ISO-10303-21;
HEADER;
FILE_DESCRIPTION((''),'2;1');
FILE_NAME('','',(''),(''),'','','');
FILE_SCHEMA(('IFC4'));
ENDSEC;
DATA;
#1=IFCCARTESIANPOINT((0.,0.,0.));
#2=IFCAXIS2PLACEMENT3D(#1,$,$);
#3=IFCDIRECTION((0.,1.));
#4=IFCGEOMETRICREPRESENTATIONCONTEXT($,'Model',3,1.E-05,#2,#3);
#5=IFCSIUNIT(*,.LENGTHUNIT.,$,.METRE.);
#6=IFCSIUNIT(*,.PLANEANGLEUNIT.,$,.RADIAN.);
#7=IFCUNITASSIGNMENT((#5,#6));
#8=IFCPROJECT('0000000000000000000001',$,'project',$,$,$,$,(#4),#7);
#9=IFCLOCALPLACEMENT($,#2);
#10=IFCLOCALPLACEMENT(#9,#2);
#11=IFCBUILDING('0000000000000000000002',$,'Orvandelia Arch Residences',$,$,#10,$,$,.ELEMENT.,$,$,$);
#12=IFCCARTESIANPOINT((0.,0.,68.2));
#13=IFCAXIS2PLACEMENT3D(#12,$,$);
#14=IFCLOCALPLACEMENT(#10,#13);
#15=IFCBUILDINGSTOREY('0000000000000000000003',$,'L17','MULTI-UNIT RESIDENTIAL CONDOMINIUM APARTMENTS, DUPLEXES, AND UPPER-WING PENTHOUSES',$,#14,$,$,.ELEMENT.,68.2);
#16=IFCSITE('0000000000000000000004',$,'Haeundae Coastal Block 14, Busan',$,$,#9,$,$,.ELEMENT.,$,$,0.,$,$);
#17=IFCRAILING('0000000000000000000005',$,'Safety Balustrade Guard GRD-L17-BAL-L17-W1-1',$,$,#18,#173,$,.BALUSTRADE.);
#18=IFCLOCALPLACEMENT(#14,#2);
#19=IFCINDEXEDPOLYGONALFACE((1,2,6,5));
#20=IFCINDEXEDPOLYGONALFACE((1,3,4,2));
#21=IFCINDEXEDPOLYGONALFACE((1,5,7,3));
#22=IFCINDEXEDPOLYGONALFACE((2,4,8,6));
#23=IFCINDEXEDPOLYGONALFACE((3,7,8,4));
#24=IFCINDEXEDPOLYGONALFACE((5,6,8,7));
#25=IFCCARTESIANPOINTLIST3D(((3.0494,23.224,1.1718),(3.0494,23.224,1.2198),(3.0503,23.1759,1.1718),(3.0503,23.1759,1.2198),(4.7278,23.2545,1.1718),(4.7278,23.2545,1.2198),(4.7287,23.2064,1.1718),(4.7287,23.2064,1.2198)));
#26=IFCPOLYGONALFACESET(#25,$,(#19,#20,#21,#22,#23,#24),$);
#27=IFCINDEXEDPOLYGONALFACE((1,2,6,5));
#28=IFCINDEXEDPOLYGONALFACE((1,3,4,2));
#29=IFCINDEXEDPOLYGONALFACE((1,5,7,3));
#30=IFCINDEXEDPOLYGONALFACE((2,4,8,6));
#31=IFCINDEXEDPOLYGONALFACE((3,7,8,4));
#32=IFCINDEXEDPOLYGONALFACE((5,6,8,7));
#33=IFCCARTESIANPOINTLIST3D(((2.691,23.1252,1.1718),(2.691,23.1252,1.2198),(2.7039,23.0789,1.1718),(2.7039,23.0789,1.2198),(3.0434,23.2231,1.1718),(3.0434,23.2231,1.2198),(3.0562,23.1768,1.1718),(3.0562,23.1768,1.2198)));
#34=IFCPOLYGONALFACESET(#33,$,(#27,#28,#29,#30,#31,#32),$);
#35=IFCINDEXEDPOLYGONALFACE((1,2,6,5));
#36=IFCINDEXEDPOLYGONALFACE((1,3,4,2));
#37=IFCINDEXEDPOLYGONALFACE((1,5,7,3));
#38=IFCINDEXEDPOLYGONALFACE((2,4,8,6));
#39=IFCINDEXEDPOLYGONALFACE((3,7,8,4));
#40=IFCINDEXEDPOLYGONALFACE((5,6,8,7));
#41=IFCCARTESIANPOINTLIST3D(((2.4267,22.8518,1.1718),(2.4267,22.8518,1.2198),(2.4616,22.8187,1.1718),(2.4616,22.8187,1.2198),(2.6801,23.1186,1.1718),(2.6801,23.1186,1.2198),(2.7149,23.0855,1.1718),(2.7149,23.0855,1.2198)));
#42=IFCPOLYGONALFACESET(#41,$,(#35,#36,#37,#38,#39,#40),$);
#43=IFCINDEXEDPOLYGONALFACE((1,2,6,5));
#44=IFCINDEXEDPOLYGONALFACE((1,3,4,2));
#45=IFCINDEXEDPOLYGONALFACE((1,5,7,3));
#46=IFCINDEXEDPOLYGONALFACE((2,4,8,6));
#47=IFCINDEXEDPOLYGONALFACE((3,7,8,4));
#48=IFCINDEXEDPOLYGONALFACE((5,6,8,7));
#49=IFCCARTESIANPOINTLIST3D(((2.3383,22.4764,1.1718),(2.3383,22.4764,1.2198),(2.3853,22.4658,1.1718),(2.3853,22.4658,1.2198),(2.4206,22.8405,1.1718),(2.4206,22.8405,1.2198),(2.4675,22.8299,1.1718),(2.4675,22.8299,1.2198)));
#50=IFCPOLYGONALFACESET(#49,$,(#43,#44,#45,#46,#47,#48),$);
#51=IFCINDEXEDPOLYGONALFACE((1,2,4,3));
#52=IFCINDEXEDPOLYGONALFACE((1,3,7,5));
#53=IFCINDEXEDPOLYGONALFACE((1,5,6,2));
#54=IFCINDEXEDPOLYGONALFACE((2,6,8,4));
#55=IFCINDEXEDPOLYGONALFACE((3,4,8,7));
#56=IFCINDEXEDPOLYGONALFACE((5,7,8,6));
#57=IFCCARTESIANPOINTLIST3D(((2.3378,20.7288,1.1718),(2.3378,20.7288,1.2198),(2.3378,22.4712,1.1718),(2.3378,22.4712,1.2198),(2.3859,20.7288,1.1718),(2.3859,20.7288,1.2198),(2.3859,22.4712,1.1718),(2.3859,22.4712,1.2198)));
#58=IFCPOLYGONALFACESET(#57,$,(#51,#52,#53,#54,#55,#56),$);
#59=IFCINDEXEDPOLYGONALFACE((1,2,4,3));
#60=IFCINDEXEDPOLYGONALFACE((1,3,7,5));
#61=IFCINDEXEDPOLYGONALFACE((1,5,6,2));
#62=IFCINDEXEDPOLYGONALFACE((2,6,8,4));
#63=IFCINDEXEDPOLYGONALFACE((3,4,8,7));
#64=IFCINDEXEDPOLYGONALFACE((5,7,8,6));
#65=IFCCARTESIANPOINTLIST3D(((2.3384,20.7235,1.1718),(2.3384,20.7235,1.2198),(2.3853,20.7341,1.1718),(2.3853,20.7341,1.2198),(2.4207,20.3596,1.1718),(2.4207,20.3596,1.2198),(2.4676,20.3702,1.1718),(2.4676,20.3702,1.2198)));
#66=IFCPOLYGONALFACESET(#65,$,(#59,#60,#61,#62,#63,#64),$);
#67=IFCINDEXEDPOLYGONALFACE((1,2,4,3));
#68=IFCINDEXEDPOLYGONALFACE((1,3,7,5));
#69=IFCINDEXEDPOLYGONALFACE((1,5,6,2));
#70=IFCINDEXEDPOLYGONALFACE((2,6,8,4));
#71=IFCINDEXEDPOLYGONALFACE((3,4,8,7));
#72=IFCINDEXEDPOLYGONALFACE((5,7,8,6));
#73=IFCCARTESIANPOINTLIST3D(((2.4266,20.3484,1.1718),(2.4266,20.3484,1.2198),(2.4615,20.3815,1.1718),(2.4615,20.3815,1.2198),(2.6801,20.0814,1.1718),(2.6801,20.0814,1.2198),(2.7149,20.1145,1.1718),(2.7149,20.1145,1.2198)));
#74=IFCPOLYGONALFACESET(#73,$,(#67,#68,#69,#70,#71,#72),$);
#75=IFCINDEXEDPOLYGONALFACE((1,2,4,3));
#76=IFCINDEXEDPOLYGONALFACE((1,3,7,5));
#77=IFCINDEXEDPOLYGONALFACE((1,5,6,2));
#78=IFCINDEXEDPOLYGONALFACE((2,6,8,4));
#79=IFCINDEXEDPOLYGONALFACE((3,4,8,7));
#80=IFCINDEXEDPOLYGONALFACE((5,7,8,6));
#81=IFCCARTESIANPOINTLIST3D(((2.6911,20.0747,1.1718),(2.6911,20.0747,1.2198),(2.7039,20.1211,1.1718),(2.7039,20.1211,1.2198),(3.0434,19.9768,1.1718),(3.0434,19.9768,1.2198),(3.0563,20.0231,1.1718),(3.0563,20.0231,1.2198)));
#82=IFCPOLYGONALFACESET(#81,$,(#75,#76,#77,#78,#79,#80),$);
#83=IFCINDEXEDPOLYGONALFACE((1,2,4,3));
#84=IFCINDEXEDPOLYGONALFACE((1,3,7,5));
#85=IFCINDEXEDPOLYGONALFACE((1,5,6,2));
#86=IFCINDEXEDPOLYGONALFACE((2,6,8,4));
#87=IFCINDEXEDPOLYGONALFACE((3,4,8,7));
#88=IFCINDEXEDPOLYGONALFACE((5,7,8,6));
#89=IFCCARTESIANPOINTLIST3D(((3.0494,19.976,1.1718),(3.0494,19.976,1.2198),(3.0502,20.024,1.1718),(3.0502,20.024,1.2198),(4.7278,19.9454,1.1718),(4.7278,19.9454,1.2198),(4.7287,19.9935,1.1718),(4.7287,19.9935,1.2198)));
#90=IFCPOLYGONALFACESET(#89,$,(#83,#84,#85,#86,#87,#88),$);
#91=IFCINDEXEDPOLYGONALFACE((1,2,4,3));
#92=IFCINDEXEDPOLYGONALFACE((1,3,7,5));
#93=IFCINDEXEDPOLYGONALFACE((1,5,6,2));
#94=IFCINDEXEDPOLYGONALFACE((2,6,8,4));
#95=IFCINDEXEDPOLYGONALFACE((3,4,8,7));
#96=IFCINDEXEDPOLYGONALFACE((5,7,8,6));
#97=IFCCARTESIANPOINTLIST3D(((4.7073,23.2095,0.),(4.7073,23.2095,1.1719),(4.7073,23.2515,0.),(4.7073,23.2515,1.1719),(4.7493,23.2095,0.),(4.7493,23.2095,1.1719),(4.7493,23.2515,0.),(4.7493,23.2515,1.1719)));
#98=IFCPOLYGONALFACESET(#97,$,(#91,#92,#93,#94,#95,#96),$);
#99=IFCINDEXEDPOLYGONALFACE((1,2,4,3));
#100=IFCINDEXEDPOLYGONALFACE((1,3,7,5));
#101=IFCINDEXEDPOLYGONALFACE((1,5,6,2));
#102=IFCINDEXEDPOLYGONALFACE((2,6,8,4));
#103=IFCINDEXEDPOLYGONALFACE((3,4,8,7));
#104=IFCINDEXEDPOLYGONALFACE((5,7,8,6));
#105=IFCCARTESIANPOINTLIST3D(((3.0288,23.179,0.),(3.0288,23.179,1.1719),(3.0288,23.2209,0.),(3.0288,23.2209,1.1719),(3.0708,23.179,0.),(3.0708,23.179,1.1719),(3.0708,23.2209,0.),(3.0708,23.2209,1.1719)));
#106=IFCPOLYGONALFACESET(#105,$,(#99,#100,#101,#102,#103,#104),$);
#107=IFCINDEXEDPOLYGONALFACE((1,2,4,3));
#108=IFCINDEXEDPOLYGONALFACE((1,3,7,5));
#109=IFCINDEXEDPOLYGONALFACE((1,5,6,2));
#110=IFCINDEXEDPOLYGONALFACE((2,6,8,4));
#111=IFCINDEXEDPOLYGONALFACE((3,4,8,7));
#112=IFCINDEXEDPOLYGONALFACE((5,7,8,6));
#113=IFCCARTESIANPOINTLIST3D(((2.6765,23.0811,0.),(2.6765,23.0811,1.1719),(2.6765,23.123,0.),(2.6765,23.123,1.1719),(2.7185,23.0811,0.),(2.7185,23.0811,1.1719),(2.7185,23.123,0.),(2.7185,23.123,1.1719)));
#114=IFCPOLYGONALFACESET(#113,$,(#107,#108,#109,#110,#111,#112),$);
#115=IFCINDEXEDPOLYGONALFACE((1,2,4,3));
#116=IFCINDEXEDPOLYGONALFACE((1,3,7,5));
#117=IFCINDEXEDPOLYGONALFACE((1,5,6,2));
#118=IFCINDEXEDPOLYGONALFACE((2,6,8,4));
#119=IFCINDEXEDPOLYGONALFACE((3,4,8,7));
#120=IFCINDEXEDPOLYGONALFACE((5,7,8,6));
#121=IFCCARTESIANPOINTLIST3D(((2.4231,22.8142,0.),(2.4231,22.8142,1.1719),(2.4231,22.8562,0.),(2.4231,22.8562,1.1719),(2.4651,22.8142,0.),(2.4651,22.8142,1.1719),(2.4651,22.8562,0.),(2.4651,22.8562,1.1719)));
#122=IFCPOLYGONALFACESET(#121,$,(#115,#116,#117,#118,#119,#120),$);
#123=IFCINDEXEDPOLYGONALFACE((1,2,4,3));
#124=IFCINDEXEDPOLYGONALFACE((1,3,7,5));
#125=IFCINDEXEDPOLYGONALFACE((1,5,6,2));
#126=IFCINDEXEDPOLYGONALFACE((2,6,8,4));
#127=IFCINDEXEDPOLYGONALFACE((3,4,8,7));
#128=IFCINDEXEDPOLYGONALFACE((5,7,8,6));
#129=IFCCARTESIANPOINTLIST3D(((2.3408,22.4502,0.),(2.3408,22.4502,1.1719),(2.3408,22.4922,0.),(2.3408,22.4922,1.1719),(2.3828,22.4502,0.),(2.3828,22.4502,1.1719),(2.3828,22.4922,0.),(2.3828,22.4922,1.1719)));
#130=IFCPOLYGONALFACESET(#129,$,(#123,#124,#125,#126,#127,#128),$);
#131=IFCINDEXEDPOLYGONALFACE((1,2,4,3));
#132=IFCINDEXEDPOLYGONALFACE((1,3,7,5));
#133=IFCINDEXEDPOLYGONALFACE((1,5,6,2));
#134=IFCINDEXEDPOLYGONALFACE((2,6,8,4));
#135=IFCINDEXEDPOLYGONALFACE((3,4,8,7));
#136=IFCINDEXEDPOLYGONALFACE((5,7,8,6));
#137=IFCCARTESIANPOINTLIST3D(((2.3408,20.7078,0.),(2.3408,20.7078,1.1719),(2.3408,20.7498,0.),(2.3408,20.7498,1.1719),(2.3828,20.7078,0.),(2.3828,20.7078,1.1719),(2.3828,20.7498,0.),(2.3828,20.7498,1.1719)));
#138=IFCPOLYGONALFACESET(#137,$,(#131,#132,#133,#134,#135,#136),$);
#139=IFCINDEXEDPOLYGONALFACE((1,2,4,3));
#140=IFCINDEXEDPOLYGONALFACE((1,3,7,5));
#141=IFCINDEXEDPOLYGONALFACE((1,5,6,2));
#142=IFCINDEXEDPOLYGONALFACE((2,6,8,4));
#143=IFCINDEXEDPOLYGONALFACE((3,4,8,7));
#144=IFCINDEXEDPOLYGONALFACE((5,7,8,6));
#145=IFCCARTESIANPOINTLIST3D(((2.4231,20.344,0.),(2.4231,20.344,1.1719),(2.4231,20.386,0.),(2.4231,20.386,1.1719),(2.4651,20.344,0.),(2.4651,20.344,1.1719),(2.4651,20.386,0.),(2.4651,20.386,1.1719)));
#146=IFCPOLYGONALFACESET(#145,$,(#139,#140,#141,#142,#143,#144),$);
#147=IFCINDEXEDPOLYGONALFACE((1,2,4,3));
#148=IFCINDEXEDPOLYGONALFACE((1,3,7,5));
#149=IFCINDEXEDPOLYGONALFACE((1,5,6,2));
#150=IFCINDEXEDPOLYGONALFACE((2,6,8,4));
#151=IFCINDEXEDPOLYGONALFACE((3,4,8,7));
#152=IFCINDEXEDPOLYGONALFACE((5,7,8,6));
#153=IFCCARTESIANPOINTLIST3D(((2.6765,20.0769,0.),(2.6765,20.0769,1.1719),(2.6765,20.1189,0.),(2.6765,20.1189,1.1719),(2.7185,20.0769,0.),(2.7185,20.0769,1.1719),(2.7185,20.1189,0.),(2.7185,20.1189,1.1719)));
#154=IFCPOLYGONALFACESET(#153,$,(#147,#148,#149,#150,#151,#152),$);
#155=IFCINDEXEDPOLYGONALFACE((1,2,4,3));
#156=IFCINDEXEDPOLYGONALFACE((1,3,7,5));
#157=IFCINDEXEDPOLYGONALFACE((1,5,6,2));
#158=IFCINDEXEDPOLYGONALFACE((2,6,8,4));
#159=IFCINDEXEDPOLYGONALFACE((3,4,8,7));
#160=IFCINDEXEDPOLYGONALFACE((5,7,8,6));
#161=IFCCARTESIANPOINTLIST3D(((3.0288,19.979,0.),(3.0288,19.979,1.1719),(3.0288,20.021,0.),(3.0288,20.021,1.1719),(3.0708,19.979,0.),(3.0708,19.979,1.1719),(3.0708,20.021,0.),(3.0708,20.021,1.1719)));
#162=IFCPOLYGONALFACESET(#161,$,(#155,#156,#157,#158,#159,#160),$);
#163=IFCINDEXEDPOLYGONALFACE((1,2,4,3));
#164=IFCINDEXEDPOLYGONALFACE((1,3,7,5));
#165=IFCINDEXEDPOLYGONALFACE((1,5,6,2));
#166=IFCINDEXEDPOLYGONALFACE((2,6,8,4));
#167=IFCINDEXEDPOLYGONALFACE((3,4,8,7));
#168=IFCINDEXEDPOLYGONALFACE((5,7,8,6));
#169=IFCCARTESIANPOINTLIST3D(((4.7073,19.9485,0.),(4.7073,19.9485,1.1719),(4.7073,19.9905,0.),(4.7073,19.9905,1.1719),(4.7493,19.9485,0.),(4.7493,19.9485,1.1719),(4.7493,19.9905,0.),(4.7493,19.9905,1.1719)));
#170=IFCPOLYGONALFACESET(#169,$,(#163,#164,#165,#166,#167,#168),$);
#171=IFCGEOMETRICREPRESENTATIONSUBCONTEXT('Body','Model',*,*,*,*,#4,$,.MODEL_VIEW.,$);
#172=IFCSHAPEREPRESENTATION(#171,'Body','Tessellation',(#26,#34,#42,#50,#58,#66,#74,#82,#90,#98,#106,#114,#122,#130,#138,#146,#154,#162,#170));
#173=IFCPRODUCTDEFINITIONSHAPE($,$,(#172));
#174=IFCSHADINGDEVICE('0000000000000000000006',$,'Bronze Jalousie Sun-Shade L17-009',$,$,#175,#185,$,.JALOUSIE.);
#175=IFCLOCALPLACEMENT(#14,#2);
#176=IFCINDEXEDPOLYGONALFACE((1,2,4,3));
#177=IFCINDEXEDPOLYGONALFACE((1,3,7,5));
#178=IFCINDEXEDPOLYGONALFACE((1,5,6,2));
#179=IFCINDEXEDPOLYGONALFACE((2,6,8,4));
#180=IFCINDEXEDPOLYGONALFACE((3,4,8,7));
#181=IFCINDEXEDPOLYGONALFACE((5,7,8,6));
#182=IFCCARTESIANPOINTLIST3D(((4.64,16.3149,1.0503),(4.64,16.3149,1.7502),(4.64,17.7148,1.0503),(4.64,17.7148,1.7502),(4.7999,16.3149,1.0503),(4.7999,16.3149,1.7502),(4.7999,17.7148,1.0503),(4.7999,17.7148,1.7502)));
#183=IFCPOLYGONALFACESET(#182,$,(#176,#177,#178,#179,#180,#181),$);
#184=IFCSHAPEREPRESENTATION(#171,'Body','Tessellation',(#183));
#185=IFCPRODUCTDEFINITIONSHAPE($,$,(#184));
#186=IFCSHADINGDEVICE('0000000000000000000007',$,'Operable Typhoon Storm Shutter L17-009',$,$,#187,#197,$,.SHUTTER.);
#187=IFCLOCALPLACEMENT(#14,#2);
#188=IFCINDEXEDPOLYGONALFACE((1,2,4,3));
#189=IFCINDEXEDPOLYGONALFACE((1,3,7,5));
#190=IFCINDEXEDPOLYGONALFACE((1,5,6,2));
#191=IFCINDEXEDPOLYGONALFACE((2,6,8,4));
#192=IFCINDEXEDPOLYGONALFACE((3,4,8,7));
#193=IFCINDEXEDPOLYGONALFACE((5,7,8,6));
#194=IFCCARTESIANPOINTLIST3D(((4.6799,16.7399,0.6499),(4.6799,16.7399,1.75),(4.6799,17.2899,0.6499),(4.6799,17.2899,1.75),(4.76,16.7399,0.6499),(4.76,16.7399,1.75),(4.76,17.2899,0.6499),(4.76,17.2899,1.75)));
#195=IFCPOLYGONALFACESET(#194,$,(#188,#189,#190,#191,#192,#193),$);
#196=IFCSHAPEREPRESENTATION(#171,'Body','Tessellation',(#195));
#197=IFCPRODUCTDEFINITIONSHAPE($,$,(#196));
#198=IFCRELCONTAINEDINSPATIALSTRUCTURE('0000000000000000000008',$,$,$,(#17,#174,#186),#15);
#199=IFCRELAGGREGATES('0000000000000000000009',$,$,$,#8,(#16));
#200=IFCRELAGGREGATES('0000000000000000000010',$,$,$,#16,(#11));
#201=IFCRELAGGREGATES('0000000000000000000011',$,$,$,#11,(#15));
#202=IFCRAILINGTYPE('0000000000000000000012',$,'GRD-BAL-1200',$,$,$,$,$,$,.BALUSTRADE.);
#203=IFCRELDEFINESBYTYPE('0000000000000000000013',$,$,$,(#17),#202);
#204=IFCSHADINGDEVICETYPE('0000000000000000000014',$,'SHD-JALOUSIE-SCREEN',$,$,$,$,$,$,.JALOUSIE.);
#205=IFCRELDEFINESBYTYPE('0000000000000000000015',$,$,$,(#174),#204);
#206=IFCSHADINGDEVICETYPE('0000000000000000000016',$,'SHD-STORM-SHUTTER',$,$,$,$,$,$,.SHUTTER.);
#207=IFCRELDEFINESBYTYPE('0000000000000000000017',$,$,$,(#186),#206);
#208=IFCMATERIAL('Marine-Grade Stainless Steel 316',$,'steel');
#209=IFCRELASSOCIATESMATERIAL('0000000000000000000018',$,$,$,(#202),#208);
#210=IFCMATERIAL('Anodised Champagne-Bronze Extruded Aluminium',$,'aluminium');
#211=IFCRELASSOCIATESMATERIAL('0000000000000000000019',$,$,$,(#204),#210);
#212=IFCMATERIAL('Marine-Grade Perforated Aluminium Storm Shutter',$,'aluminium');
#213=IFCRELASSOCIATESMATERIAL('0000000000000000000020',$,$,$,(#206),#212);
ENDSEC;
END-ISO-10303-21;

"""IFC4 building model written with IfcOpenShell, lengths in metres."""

from ifc_helpers import new_model, si_unit, direction, frame, origin, origin_2d, place, context, subcontext, project, spatial, rectangle, extrude, material, type_object, element, save


model = new_model("IFC4")

# Units and contexts
model_context = context("Model", 3, precision=1e-05, world=origin(), true_north=direction((0.0, 1.0)))
body_context = subcontext(model_context, "Body", "Model", "MODEL_VIEW")
ifc_project = project(units=[si_unit("LENGTHUNIT", "METRE"), si_unit("PLANEANGLEUNIT", "RADIAN")], contexts=[model_context])

# Site, building, storey
site_placement = place(None, origin())
site = spatial("IfcSite", under=ifc_project, at=site_placement, Name="Haeundae Coastal Block 14, Busan", CompositionType="ELEMENT", RefElevation=0.0)
building_placement = place(site_placement, origin())
building = spatial("IfcBuilding", under=site, at=building_placement, Name="Orvandelia Arch Residences", CompositionType="ELEMENT")
storey_placement = place(building_placement, frame((0.0, 0.0, 68.2)))
storey = spatial("IfcBuildingStorey", under=building, at=storey_placement, Name="L17", Description="MULTI-UNIT RESIDENTIAL CONDOMINIUM APARTMENTS, DUPLEXES, AND UPPER-WING PENTHOUSES", CompositionType="ELEMENT", Elevation=68.2)

# Railing
ifc_material_1 = material(Name="Marine-Grade Stainless Steel 316", Category="steel")
railing_type = type_object("IfcRailingType", Name="GRD-BAL-1200", PredefinedType="BALUSTRADE", material=ifc_material_1)
railing_placement = place(storey_placement, frame((4.7283, 23.2305, 0.0)))
element("IfcRailing", 1, at=railing_placement, inside=storey, type_object=railing_type, Name="Safety Balustrade Guard GRD-L17-BAL-L17-W1-1", PredefinedType="BALUSTRADE", context=body_context, shape_type="SweptSolid", body=[
    extrude(rectangle(XDim=0.0481, YDim=0.0481, at=origin_2d()), frame((0.0, 0.0, 1.1958), z_axis=(-0.999835, -0.018179, 0.0), x_axis=(0.018179, -0.999835, 0.0)), (0.0, 0.0, 1.0), 1.6787),
    extrude(rectangle(XDim=0.0481, YDim=0.0481, at=origin_2d()), frame((-1.6785, -0.0305, 1.1958), z_axis=(-0.963489, -0.267747, 0.0), x_axis=(0.267747, -0.963489, 0.0)), (0.0, 0.0, 1.0), 0.3657),
    extrude(rectangle(XDim=0.0481, YDim=0.0481, at=origin_2d()), frame((-2.0308, -0.1284, 1.1958), z_axis=(-0.688627, -0.725115, 0.0), x_axis=(0.725115, -0.688627, 0.0)), (0.0, 0.0, 1.0), 0.3679),
    extrude(rectangle(XDim=0.0481, YDim=0.0481, at=origin_2d()), frame((-2.2842, -0.3953, 1.1958), z_axis=(-0.220462, -0.975396, 0.0), x_axis=(0.975396, -0.220462, 0.0)), (0.0, 0.0, 1.0), 0.3733),
    extrude(rectangle(XDim=0.0481, YDim=0.0481, at=origin_2d()), frame((-2.3665, -0.7593, 1.1958), z_axis=(0.0, -1.0, 0.0), x_axis=(1.0, 0.0, 0.0)), (0.0, 0.0, 1.0), 1.7424),
    extrude(rectangle(XDim=0.0481, YDim=0.0481, at=origin_2d()), frame((-2.3665, -2.5017, 1.1958), z_axis=(0.220602, -0.975364, 0.0), x_axis=(0.975364, 0.220602, 0.0)), (0.0, 0.0, 1.0), 0.373),
    extrude(rectangle(XDim=0.0481, YDim=0.0481, at=origin_2d()), frame((-2.2842, -2.8655, 1.1958), z_axis=(0.688296, -0.72543, 0.0), x_axis=(0.72543, 0.688296, 0.0)), (0.0, 0.0, 1.0), 0.3682),
    extrude(rectangle(XDim=0.0481, YDim=0.0481, at=origin_2d()), frame((-2.0308, -3.1326, 1.1958), z_axis=(0.963489, -0.267747, 0.0), x_axis=(0.267747, 0.963489, 0.0)), (0.0, 0.0, 1.0), 0.3657),
    extrude(rectangle(XDim=0.0481, YDim=0.0481, at=origin_2d()), frame((-1.6785, -3.2305, 1.1958), z_axis=(0.999835, -0.018179, 0.0), x_axis=(0.018179, 0.999835, 0.0)), (0.0, 0.0, 1.0), 1.6787),
    extrude(rectangle(XDim=0.042, YDim=0.042, at=origin_2d()), origin(), (0.0, 0.0, 1.0), 1.1719),
    extrude(rectangle(XDim=0.042, YDim=0.042, at=origin_2d()), frame((-1.6785, -0.0305, 0.0)), (0.0, 0.0, 1.0), 1.1719),
    extrude(rectangle(XDim=0.042, YDim=0.042, at=origin_2d()), frame((-2.0308, -0.1284, 0.0)), (0.0, 0.0, 1.0), 1.1719),
    extrude(rectangle(XDim=0.042, YDim=0.042, at=origin_2d()), frame((-2.2842, -0.3953, 0.0)), (0.0, 0.0, 1.0), 1.1719),
    extrude(rectangle(XDim=0.042, YDim=0.042, at=origin_2d()), frame((-2.3665, -0.7593, 0.0)), (0.0, 0.0, 1.0), 1.1719),
    extrude(rectangle(XDim=0.042, YDim=0.042, at=origin_2d()), frame((-2.3665, -2.5017, 0.0)), (0.0, 0.0, 1.0), 1.1719),
    extrude(rectangle(XDim=0.042, YDim=0.042, at=origin_2d()), frame((-2.2842, -2.8655, 0.0)), (0.0, 0.0, 1.0), 1.1719),
    extrude(rectangle(XDim=0.042, YDim=0.042, at=origin_2d()), frame((-2.0308, -3.1326, 0.0)), (0.0, 0.0, 1.0), 1.1719),
    extrude(rectangle(XDim=0.042, YDim=0.042, at=origin_2d()), frame((-1.6785, -3.2305, 0.0)), (0.0, 0.0, 1.0), 1.1719),
    extrude(rectangle(XDim=0.042, YDim=0.042, at=origin_2d()), frame((0.0, -3.261, 0.0)), (0.0, 0.0, 1.0), 1.1719),
])

# Shading devices
ifc_material_2 = material(Name="Anodised Champagne-Bronze Extruded Aluminium", Category="aluminium")
shading_device_type_1 = type_object("IfcShadingDeviceType", Name="SHD-JALOUSIE-SCREEN", PredefinedType="JALOUSIE", material=ifc_material_2)
shading_device_1_placement = place(storey_placement, frame((4.72, 17.0149, 1.0503), z_axis=(0.0, 0.0, 1.0), x_axis=(0.0, 1.0, 0.0)))
element("IfcShadingDevice", 2, at=shading_device_1_placement, inside=storey, type_object=shading_device_type_1, Name="Bronze Jalousie Sun-Shade L17-009", PredefinedType="JALOUSIE", context=body_context, shape_type="SweptSolid", body=[
    extrude(rectangle(XDim=1.3999, YDim=0.1599, at=origin_2d()), origin(), (0.0, 0.0, 1.0), 0.7),
])
ifc_material_3 = material(Name="Marine-Grade Perforated Aluminium Storm Shutter", Category="aluminium")
shading_device_type_2 = type_object("IfcShadingDeviceType", Name="SHD-STORM-SHUTTER", PredefinedType="SHUTTER", material=ifc_material_3)
shading_device_2_placement = place(storey_placement, frame((4.72, 17.0149, 0.6499), z_axis=(0.0, 0.0, 1.0), x_axis=(0.0, 1.0, 0.0)))
element("IfcShadingDevice", 3, at=shading_device_2_placement, inside=storey, type_object=shading_device_type_2, Name="Operable Typhoon Storm Shutter L17-009", PredefinedType="SHUTTER", context=body_context, shape_type="SweptSolid", body=[
    extrude(rectangle(XDim=0.55, YDim=0.0801, at=origin_2d()), origin(), (0.0, 0.0, 1.0), 1.1001),
])

save(model, "model.ifc")
